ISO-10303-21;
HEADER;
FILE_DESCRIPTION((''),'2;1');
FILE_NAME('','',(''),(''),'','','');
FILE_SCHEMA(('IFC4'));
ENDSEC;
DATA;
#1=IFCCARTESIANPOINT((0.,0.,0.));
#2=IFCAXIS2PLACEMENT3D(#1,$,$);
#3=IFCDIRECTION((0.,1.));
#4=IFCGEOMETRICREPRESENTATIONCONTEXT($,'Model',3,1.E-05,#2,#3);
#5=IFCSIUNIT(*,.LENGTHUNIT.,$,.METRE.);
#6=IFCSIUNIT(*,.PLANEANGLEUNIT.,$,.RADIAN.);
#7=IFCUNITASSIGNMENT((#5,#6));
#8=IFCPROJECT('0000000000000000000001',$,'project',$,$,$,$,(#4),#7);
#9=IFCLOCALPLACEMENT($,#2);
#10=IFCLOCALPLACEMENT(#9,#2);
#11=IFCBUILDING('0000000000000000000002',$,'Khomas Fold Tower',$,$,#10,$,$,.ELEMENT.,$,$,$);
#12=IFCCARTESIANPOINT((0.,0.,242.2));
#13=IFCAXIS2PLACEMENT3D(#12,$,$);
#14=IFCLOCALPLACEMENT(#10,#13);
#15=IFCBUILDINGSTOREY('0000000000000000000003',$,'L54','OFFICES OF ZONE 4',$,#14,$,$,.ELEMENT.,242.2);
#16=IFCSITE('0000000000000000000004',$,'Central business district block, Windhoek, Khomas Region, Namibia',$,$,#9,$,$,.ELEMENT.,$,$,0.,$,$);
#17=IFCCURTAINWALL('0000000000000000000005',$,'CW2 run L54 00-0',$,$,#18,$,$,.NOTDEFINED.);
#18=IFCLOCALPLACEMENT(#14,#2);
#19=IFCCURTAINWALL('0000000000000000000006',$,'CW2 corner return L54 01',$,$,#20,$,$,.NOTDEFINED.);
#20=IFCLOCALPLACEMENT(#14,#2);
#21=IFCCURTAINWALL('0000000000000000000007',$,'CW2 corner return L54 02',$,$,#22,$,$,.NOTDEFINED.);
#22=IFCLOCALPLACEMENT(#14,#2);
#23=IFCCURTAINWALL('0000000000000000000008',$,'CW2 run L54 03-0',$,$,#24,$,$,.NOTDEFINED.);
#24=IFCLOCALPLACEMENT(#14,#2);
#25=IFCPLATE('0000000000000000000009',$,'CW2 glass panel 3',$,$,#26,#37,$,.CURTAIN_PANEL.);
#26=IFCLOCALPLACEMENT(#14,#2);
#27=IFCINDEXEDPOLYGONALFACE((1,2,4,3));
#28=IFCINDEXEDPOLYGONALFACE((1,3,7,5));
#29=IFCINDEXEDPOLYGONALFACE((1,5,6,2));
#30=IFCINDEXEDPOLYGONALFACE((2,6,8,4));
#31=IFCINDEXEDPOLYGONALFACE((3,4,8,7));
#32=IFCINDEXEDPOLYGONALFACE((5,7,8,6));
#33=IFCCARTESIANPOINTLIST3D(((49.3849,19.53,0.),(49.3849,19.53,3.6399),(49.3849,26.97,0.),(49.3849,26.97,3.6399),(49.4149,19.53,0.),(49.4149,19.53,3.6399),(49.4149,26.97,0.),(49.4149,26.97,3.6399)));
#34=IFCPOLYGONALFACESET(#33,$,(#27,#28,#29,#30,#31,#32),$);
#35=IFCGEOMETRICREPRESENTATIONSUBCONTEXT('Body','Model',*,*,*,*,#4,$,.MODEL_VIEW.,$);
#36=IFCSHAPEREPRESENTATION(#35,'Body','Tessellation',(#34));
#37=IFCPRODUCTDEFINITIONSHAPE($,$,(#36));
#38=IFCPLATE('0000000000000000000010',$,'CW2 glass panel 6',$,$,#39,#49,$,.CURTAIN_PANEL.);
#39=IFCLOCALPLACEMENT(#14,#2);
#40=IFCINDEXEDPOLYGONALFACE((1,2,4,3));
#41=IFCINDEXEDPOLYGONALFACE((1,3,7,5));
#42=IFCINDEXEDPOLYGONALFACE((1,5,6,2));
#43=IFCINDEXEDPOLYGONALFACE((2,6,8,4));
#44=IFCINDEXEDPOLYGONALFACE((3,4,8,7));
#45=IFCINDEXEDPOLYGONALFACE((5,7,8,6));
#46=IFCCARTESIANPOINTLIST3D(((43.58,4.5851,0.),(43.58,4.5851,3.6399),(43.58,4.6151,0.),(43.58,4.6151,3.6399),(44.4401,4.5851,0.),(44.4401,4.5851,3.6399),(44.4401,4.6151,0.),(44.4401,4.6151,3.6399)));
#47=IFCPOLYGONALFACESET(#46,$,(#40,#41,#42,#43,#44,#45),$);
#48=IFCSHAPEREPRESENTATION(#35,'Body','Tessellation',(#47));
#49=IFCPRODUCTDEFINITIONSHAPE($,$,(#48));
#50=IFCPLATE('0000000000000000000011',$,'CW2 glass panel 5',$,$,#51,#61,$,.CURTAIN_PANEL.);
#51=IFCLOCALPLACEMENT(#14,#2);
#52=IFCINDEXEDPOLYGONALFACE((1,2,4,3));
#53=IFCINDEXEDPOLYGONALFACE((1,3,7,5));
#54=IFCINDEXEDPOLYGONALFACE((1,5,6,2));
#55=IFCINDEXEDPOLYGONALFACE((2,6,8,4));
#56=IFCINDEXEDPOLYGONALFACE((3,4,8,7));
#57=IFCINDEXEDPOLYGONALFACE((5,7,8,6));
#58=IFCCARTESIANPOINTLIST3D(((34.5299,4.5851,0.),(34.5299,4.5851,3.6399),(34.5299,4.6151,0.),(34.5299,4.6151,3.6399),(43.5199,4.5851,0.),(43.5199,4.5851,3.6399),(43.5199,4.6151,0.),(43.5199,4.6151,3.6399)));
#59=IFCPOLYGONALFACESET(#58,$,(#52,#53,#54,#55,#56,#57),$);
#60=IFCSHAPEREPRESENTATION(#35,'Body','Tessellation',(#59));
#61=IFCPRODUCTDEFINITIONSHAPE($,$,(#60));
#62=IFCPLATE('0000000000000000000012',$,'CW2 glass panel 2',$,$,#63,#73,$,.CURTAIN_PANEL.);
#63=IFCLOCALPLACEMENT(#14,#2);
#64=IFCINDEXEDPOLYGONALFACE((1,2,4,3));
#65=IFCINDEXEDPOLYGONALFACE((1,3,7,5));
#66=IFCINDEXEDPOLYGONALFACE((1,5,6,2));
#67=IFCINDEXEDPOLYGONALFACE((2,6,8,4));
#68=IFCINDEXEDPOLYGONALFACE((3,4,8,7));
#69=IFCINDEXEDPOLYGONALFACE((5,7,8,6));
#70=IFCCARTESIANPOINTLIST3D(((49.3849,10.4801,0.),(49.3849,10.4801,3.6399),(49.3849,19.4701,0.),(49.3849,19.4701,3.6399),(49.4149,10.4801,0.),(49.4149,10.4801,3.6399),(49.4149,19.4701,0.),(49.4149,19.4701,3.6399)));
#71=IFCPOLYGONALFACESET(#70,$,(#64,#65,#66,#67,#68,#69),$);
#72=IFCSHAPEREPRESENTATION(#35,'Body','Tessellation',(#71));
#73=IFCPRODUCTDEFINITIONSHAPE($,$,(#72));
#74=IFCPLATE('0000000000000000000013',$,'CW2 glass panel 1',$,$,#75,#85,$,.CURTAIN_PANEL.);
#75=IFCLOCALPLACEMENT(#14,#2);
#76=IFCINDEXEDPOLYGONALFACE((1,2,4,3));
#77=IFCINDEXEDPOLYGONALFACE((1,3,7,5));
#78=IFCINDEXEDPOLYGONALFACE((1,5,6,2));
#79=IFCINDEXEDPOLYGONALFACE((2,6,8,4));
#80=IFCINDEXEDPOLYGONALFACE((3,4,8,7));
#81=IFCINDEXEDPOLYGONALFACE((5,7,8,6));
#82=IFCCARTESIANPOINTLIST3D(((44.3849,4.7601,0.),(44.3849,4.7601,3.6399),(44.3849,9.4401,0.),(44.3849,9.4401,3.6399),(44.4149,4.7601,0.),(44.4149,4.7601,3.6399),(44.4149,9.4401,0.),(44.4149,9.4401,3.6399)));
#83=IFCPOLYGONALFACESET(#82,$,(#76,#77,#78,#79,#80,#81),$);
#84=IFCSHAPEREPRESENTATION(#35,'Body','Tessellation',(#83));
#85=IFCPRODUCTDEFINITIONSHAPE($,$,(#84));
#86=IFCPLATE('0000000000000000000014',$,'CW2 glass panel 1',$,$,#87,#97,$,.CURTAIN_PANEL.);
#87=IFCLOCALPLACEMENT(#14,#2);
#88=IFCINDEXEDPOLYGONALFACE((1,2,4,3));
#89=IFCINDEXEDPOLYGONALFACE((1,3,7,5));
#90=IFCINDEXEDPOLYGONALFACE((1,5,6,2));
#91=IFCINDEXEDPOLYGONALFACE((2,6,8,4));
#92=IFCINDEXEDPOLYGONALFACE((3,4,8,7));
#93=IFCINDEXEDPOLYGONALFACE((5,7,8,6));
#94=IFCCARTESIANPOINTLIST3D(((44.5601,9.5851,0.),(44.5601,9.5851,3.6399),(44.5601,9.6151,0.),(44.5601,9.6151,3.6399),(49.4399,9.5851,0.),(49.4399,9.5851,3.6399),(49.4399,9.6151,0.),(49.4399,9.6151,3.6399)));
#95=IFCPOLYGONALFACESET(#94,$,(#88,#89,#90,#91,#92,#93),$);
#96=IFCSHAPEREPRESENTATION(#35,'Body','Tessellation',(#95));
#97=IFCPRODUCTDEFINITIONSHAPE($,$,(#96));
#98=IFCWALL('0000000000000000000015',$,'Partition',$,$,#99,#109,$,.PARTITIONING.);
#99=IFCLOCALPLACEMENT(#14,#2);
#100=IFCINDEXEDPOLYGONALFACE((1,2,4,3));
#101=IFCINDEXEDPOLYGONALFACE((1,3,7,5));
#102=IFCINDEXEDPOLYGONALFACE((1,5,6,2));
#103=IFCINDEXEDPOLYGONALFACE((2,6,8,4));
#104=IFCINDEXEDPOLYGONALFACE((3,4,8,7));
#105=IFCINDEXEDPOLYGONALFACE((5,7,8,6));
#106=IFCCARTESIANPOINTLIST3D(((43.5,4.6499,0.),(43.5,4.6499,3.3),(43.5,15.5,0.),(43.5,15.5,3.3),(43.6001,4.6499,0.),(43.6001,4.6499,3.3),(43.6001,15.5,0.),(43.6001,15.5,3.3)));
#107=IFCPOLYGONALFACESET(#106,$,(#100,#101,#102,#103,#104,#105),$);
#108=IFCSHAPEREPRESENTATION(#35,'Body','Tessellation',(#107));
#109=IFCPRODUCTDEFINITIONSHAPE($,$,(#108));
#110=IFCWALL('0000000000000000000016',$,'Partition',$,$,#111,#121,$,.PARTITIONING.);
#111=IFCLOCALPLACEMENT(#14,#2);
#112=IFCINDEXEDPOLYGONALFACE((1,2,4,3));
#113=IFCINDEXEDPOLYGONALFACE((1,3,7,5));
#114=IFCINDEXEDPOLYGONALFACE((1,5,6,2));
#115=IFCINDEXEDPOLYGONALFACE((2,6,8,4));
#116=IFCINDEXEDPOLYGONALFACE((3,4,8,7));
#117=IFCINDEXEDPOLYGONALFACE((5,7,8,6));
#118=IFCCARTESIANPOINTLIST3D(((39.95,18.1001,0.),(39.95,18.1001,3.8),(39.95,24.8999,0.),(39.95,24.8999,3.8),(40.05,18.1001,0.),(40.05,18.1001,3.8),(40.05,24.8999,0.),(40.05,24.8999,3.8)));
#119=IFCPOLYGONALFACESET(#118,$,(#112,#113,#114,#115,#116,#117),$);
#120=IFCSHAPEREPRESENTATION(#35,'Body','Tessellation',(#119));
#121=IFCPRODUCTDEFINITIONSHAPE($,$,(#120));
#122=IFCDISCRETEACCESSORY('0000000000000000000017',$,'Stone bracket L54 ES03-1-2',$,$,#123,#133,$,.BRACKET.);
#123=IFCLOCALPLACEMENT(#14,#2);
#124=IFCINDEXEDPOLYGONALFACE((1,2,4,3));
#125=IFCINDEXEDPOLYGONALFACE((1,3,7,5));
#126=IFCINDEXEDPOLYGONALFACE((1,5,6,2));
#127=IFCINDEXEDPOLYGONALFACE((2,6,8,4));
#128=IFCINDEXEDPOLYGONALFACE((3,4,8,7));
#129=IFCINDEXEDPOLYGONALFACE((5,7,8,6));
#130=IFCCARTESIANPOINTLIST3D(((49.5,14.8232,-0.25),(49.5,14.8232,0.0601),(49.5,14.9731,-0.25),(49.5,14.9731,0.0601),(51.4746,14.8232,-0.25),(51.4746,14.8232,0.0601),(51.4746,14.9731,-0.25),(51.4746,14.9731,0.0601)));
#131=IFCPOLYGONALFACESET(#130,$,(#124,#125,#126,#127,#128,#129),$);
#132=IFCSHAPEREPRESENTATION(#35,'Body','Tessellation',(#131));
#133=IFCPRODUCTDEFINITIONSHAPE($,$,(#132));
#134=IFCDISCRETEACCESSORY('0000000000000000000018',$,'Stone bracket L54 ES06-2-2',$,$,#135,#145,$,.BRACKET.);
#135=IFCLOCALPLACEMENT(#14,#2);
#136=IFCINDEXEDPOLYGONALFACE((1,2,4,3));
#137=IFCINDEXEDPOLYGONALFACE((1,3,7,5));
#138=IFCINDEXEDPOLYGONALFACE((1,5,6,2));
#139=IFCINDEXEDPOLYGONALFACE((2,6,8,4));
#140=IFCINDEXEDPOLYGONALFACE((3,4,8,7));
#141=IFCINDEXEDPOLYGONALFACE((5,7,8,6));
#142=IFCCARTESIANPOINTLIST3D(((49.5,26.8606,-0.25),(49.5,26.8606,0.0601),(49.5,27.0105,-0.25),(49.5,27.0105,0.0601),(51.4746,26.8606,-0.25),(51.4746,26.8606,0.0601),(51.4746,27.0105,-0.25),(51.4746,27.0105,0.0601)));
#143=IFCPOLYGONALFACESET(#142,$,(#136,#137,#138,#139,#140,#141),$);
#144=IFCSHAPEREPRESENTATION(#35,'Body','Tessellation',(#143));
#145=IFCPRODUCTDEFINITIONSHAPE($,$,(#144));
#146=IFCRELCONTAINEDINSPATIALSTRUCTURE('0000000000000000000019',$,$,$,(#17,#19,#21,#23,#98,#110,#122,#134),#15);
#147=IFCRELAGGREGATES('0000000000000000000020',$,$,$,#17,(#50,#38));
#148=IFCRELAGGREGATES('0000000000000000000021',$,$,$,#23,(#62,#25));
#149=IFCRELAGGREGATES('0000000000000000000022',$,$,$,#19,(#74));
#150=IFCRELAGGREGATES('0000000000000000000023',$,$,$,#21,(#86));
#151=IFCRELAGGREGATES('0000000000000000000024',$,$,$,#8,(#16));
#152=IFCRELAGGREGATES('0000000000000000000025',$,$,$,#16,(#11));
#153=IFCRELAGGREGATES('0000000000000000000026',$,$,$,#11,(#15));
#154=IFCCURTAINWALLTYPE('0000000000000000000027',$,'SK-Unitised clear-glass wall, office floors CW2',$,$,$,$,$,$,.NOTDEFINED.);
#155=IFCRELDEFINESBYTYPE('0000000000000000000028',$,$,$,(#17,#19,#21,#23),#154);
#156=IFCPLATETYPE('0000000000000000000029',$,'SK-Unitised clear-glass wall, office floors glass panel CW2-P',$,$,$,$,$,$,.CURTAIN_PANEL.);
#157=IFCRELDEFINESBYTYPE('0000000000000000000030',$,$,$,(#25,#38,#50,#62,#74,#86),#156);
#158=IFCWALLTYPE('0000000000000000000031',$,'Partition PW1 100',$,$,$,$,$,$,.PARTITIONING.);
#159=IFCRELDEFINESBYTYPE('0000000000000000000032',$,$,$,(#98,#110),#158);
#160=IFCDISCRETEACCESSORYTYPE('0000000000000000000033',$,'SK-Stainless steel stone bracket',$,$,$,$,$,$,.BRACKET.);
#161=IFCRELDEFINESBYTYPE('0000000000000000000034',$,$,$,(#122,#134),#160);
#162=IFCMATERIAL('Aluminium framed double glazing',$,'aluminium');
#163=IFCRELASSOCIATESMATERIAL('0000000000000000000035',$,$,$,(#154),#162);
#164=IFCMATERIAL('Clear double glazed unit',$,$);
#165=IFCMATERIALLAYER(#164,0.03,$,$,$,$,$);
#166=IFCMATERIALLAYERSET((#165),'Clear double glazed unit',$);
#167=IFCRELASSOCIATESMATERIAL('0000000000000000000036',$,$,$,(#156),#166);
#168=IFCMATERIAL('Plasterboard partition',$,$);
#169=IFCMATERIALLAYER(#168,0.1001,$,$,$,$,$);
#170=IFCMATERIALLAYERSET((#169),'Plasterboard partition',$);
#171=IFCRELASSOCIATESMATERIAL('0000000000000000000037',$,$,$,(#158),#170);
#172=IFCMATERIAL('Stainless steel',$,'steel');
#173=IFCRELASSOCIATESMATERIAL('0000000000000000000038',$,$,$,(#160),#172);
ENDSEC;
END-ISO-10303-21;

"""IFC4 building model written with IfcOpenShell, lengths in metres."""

from ifc_helpers import new_model, si_unit, direction, frame, frame_2d, origin, origin_2d, place, context, subcontext, project, spatial, rectangle, extrude, source, transform, mapped, material, layer, layer_set, type_object, element, aggregate, save


model = new_model("IFC4")

# Units and contexts
model_context = context("Model", 3, precision=1e-05, world=origin(), true_north=direction((0.0, 1.0)))
body_context = subcontext(model_context, "Body", "Model", "MODEL_VIEW")
ifc_project = project(units=[si_unit("LENGTHUNIT", "METRE"), si_unit("PLANEANGLEUNIT", "RADIAN")], contexts=[model_context])

# Site, building, storey
site_placement = place(None, origin())
site = spatial("IfcSite", under=ifc_project, at=site_placement, Name="Central business district block, Windhoek, Khomas Region, Namibia", CompositionType="ELEMENT", RefElevation=0.0)
building_placement = place(site_placement, origin())
building = spatial("IfcBuilding", under=site, at=building_placement, Name="Khomas Fold Tower", CompositionType="ELEMENT")
storey_placement = place(building_placement, frame((0.0, 0.0, 242.2)))
storey = spatial("IfcBuildingStorey", under=building, at=storey_placement, Name="L54", Description="OFFICES OF ZONE 4", CompositionType="ELEMENT", Elevation=242.2)

# Curtain walls
ifc_material_1 = material(Name="Aluminium framed double glazing", Category="aluminium")
curtain_wall_type = type_object("IfcCurtainWallType", Name="SK-Unitised clear-glass wall, office floors CW2", PredefinedType="NOTDEFINED", material=ifc_material_1)
curtain_wall_1_placement = place(storey_placement, origin())
curtain_wall_1 = element("IfcCurtainWall", 1, at=curtain_wall_1_placement, inside=storey, type_object=curtain_wall_type, Name="CW2 run L54 00-0", PredefinedType="NOTDEFINED")
curtain_wall_2_placement = place(storey_placement, origin())
curtain_wall_2 = element("IfcCurtainWall", 2, at=curtain_wall_2_placement, inside=storey, type_object=curtain_wall_type, Name="CW2 corner return L54 01", PredefinedType="NOTDEFINED")
curtain_wall_3_placement = place(storey_placement, origin())
curtain_wall_3 = element("IfcCurtainWall", 3, at=curtain_wall_3_placement, inside=storey, type_object=curtain_wall_type, Name="CW2 corner return L54 02", PredefinedType="NOTDEFINED")
curtain_wall_4_placement = place(storey_placement, origin())
curtain_wall_4 = element("IfcCurtainWall", 4, at=curtain_wall_4_placement, inside=storey, type_object=curtain_wall_type, Name="CW2 run L54 03-0", PredefinedType="NOTDEFINED")

# Plates
ifc_material_2 = material(Name="Clear double glazed unit")
ifc_layer_1 = layer(ifc_material_2, 0.03)
ifc_layer_set_1 = layer_set([ifc_layer_1], Name="Clear double glazed unit")
plate_type = type_object("IfcPlateType", Name="SK-Unitised clear-glass wall, office floors glass panel CW2-P", PredefinedType="CURTAIN_PANEL", material=ifc_layer_set_1)
shared_shape_1 = source(origin(), body_context, "Body", "SweptSolid", [
    extrude(rectangle(XDim=7.4399, YDim=0.03, at=origin_2d()), origin(), (0.0, 0.0, 1.0), 3.6399),
])
plate_1_placement = place(storey_placement, frame((49.3999, 23.25, 0.0), z_axis=(0.0, 0.0, 1.0), x_axis=(0.0, 1.0, 0.0)))
plate_1 = element("IfcPlate", 5, at=plate_1_placement, type_object=plate_type, Name="CW2 glass panel 3", PredefinedType="CURTAIN_PANEL", context=body_context, shape_type="MappedRepresentation", body=[
    mapped(shared_shape_1, transform((0.0, 0.0, 0.0))),
])
shared_shape_2 = source(origin(), body_context, "Body", "SweptSolid", [
    extrude(rectangle(XDim=0.8601, YDim=0.03, at=origin_2d()), origin(), (0.0, 0.0, 1.0), 3.6399),
])
plate_2_placement = place(storey_placement, frame((44.01, 4.6001, 0.0), z_axis=(0.0, 0.0, 1.0), x_axis=(1.0, 0.0, 0.0)))
plate_2 = element("IfcPlate", 6, at=plate_2_placement, type_object=plate_type, Name="CW2 glass panel 6", PredefinedType="CURTAIN_PANEL", context=body_context, shape_type="MappedRepresentation", body=[
    mapped(shared_shape_2, transform((0.0, 0.0, 0.0))),
])
shared_shape_3 = source(origin(), body_context, "Body", "SweptSolid", [
    extrude(rectangle(XDim=8.99, YDim=0.03, at=origin_2d()), origin(), (0.0, 0.0, 1.0), 3.6399),
])
plate_3_placement = place(storey_placement, frame((39.0249, 4.6001, 0.0), z_axis=(0.0, 0.0, 1.0), x_axis=(1.0, 0.0, 0.0)))
plate_3 = element("IfcPlate", 7, at=plate_3_placement, type_object=plate_type, Name="CW2 glass panel 5", PredefinedType="CURTAIN_PANEL", context=body_context, shape_type="MappedRepresentation", body=[
    mapped(shared_shape_3, transform((0.0, 0.0, 0.0))),
])
aggregate(curtain_wall_1, [plate_3, plate_2])
plate_4_placement = place(storey_placement, frame((49.3999, 14.9751, 0.0), z_axis=(0.0, 0.0, 1.0), x_axis=(0.0, 1.0, 0.0)))
plate_4 = element("IfcPlate", 8, at=plate_4_placement, type_object=plate_type, Name="CW2 glass panel 2", PredefinedType="CURTAIN_PANEL", context=body_context, shape_type="MappedRepresentation", body=[
    mapped(shared_shape_3, transform((0.0, 0.0, 0.0))),
])
aggregate(curtain_wall_4, [plate_4, plate_1])
shared_shape_4 = source(origin(), body_context, "Body", "SweptSolid", [
    extrude(rectangle(XDim=4.6799, YDim=0.03, at=origin_2d()), origin(), (0.0, 0.0, 1.0), 3.6399),
])
plate_5_placement = place(storey_placement, frame((44.3999, 7.1001, 0.0), z_axis=(0.0, 0.0, 1.0), x_axis=(0.0, 1.0, 0.0)))
plate_5 = element("IfcPlate", 9, at=plate_5_placement, type_object=plate_type, Name="CW2 glass panel 1", PredefinedType="CURTAIN_PANEL", context=body_context, shape_type="MappedRepresentation", body=[
    mapped(shared_shape_4, transform((0.0, 0.0, 0.0))),
])
aggregate(curtain_wall_2, [plate_5])
shared_shape_5 = source(origin(), body_context, "Body", "SweptSolid", [
    extrude(rectangle(XDim=4.8799, YDim=0.03, at=origin_2d()), origin(), (0.0, 0.0, 1.0), 3.6399),
])
plate_6_placement = place(storey_placement, frame((47.0, 9.6001, 0.0), z_axis=(0.0, 0.0, 1.0), x_axis=(1.0, 0.0, 0.0)))
plate_6 = element("IfcPlate", 10, at=plate_6_placement, type_object=plate_type, Name="CW2 glass panel 1", PredefinedType="CURTAIN_PANEL", context=body_context, shape_type="MappedRepresentation", body=[
    mapped(shared_shape_5, transform((0.0, 0.0, 0.0))),
])
aggregate(curtain_wall_3, [plate_6])

# Walls
ifc_material_3 = material(Name="Plasterboard partition")
ifc_layer_2 = layer(ifc_material_3, 0.1001)
ifc_layer_set_2 = layer_set([ifc_layer_2], Name="Plasterboard partition")
wall_type = type_object("IfcWallType", Name="Partition PW1 100", PredefinedType="PARTITIONING", material=ifc_layer_set_2)
shared_shape_6 = source(origin(), body_context, "Body", "SweptSolid", [
    extrude(rectangle(XDim=10.8501, YDim=0.1001, at=frame_2d((5.425, 0.0))), origin(), (0.0, 0.0, 1.0), 3.3),
])
wall_1_placement = place(storey_placement, frame((43.55, 4.6499, 0.0), z_axis=(0.0, 0.0, 1.0), x_axis=(0.0, 1.0, 0.0)))
element("IfcWall", 11, at=wall_1_placement, inside=storey, type_object=wall_type, Name="Partition", PredefinedType="PARTITIONING", context=body_context, shape_type="MappedRepresentation", body=[
    mapped(shared_shape_6, transform((0.0, 0.0, 0.0))),
])
shared_shape_7 = source(origin(), body_context, "Body", "SweptSolid", [
    extrude(rectangle(XDim=6.7998, YDim=0.1001, at=frame_2d((3.3999, 0.0))), origin(), (0.0, 0.0, 1.0), 3.8),
])
wall_2_placement = place(storey_placement, frame((40.0, 18.1001, 0.0), z_axis=(0.0, 0.0, 1.0), x_axis=(0.0, 1.0, 0.0)))
element("IfcWall", 12, at=wall_2_placement, inside=storey, type_object=wall_type, Name="Partition", PredefinedType="PARTITIONING", context=body_context, shape_type="MappedRepresentation", body=[
    mapped(shared_shape_7, transform((0.0, 0.0, 0.0))),
])

# Discrete accessories
ifc_material_4 = material(Name="Stainless steel", Category="steel")
discrete_accessory_type = type_object("IfcDiscreteAccessoryType", Name="SK-Stainless steel stone bracket", PredefinedType="BRACKET", material=ifc_material_4)
shared_shape_8 = source(origin(), body_context, "Body", "SweptSolid", [
    extrude(rectangle(XDim=1.9746, YDim=0.1499, at=origin_2d()), origin(), (0.0, 0.0, 1.0), 0.3101),
])
for number, where, z_axis, x_axis, name in (
    (13, (50.4873, 14.8982, -0.25), (0.0, 0.0, 1.0), (1.0, 0.0, 0.0), "Stone bracket L54 ES03-1-2"),
    (14, (50.4873, 26.9355, -0.25), (0.0, 0.0, 1.0), (1.0, 0.0, 0.0), "Stone bracket L54 ES06-2-2"),
):
    element("IfcDiscreteAccessory", number, at=place(storey_placement, frame(where, z_axis=z_axis, x_axis=x_axis)), inside=storey, type_object=discrete_accessory_type, Name=name, PredefinedType="BRACKET", context=body_context, shape_type="MappedRepresentation", body=[
        mapped(shared_shape_8, transform((0.0, 0.0, 0.0))),
    ])

save(model, "model.ifc")
